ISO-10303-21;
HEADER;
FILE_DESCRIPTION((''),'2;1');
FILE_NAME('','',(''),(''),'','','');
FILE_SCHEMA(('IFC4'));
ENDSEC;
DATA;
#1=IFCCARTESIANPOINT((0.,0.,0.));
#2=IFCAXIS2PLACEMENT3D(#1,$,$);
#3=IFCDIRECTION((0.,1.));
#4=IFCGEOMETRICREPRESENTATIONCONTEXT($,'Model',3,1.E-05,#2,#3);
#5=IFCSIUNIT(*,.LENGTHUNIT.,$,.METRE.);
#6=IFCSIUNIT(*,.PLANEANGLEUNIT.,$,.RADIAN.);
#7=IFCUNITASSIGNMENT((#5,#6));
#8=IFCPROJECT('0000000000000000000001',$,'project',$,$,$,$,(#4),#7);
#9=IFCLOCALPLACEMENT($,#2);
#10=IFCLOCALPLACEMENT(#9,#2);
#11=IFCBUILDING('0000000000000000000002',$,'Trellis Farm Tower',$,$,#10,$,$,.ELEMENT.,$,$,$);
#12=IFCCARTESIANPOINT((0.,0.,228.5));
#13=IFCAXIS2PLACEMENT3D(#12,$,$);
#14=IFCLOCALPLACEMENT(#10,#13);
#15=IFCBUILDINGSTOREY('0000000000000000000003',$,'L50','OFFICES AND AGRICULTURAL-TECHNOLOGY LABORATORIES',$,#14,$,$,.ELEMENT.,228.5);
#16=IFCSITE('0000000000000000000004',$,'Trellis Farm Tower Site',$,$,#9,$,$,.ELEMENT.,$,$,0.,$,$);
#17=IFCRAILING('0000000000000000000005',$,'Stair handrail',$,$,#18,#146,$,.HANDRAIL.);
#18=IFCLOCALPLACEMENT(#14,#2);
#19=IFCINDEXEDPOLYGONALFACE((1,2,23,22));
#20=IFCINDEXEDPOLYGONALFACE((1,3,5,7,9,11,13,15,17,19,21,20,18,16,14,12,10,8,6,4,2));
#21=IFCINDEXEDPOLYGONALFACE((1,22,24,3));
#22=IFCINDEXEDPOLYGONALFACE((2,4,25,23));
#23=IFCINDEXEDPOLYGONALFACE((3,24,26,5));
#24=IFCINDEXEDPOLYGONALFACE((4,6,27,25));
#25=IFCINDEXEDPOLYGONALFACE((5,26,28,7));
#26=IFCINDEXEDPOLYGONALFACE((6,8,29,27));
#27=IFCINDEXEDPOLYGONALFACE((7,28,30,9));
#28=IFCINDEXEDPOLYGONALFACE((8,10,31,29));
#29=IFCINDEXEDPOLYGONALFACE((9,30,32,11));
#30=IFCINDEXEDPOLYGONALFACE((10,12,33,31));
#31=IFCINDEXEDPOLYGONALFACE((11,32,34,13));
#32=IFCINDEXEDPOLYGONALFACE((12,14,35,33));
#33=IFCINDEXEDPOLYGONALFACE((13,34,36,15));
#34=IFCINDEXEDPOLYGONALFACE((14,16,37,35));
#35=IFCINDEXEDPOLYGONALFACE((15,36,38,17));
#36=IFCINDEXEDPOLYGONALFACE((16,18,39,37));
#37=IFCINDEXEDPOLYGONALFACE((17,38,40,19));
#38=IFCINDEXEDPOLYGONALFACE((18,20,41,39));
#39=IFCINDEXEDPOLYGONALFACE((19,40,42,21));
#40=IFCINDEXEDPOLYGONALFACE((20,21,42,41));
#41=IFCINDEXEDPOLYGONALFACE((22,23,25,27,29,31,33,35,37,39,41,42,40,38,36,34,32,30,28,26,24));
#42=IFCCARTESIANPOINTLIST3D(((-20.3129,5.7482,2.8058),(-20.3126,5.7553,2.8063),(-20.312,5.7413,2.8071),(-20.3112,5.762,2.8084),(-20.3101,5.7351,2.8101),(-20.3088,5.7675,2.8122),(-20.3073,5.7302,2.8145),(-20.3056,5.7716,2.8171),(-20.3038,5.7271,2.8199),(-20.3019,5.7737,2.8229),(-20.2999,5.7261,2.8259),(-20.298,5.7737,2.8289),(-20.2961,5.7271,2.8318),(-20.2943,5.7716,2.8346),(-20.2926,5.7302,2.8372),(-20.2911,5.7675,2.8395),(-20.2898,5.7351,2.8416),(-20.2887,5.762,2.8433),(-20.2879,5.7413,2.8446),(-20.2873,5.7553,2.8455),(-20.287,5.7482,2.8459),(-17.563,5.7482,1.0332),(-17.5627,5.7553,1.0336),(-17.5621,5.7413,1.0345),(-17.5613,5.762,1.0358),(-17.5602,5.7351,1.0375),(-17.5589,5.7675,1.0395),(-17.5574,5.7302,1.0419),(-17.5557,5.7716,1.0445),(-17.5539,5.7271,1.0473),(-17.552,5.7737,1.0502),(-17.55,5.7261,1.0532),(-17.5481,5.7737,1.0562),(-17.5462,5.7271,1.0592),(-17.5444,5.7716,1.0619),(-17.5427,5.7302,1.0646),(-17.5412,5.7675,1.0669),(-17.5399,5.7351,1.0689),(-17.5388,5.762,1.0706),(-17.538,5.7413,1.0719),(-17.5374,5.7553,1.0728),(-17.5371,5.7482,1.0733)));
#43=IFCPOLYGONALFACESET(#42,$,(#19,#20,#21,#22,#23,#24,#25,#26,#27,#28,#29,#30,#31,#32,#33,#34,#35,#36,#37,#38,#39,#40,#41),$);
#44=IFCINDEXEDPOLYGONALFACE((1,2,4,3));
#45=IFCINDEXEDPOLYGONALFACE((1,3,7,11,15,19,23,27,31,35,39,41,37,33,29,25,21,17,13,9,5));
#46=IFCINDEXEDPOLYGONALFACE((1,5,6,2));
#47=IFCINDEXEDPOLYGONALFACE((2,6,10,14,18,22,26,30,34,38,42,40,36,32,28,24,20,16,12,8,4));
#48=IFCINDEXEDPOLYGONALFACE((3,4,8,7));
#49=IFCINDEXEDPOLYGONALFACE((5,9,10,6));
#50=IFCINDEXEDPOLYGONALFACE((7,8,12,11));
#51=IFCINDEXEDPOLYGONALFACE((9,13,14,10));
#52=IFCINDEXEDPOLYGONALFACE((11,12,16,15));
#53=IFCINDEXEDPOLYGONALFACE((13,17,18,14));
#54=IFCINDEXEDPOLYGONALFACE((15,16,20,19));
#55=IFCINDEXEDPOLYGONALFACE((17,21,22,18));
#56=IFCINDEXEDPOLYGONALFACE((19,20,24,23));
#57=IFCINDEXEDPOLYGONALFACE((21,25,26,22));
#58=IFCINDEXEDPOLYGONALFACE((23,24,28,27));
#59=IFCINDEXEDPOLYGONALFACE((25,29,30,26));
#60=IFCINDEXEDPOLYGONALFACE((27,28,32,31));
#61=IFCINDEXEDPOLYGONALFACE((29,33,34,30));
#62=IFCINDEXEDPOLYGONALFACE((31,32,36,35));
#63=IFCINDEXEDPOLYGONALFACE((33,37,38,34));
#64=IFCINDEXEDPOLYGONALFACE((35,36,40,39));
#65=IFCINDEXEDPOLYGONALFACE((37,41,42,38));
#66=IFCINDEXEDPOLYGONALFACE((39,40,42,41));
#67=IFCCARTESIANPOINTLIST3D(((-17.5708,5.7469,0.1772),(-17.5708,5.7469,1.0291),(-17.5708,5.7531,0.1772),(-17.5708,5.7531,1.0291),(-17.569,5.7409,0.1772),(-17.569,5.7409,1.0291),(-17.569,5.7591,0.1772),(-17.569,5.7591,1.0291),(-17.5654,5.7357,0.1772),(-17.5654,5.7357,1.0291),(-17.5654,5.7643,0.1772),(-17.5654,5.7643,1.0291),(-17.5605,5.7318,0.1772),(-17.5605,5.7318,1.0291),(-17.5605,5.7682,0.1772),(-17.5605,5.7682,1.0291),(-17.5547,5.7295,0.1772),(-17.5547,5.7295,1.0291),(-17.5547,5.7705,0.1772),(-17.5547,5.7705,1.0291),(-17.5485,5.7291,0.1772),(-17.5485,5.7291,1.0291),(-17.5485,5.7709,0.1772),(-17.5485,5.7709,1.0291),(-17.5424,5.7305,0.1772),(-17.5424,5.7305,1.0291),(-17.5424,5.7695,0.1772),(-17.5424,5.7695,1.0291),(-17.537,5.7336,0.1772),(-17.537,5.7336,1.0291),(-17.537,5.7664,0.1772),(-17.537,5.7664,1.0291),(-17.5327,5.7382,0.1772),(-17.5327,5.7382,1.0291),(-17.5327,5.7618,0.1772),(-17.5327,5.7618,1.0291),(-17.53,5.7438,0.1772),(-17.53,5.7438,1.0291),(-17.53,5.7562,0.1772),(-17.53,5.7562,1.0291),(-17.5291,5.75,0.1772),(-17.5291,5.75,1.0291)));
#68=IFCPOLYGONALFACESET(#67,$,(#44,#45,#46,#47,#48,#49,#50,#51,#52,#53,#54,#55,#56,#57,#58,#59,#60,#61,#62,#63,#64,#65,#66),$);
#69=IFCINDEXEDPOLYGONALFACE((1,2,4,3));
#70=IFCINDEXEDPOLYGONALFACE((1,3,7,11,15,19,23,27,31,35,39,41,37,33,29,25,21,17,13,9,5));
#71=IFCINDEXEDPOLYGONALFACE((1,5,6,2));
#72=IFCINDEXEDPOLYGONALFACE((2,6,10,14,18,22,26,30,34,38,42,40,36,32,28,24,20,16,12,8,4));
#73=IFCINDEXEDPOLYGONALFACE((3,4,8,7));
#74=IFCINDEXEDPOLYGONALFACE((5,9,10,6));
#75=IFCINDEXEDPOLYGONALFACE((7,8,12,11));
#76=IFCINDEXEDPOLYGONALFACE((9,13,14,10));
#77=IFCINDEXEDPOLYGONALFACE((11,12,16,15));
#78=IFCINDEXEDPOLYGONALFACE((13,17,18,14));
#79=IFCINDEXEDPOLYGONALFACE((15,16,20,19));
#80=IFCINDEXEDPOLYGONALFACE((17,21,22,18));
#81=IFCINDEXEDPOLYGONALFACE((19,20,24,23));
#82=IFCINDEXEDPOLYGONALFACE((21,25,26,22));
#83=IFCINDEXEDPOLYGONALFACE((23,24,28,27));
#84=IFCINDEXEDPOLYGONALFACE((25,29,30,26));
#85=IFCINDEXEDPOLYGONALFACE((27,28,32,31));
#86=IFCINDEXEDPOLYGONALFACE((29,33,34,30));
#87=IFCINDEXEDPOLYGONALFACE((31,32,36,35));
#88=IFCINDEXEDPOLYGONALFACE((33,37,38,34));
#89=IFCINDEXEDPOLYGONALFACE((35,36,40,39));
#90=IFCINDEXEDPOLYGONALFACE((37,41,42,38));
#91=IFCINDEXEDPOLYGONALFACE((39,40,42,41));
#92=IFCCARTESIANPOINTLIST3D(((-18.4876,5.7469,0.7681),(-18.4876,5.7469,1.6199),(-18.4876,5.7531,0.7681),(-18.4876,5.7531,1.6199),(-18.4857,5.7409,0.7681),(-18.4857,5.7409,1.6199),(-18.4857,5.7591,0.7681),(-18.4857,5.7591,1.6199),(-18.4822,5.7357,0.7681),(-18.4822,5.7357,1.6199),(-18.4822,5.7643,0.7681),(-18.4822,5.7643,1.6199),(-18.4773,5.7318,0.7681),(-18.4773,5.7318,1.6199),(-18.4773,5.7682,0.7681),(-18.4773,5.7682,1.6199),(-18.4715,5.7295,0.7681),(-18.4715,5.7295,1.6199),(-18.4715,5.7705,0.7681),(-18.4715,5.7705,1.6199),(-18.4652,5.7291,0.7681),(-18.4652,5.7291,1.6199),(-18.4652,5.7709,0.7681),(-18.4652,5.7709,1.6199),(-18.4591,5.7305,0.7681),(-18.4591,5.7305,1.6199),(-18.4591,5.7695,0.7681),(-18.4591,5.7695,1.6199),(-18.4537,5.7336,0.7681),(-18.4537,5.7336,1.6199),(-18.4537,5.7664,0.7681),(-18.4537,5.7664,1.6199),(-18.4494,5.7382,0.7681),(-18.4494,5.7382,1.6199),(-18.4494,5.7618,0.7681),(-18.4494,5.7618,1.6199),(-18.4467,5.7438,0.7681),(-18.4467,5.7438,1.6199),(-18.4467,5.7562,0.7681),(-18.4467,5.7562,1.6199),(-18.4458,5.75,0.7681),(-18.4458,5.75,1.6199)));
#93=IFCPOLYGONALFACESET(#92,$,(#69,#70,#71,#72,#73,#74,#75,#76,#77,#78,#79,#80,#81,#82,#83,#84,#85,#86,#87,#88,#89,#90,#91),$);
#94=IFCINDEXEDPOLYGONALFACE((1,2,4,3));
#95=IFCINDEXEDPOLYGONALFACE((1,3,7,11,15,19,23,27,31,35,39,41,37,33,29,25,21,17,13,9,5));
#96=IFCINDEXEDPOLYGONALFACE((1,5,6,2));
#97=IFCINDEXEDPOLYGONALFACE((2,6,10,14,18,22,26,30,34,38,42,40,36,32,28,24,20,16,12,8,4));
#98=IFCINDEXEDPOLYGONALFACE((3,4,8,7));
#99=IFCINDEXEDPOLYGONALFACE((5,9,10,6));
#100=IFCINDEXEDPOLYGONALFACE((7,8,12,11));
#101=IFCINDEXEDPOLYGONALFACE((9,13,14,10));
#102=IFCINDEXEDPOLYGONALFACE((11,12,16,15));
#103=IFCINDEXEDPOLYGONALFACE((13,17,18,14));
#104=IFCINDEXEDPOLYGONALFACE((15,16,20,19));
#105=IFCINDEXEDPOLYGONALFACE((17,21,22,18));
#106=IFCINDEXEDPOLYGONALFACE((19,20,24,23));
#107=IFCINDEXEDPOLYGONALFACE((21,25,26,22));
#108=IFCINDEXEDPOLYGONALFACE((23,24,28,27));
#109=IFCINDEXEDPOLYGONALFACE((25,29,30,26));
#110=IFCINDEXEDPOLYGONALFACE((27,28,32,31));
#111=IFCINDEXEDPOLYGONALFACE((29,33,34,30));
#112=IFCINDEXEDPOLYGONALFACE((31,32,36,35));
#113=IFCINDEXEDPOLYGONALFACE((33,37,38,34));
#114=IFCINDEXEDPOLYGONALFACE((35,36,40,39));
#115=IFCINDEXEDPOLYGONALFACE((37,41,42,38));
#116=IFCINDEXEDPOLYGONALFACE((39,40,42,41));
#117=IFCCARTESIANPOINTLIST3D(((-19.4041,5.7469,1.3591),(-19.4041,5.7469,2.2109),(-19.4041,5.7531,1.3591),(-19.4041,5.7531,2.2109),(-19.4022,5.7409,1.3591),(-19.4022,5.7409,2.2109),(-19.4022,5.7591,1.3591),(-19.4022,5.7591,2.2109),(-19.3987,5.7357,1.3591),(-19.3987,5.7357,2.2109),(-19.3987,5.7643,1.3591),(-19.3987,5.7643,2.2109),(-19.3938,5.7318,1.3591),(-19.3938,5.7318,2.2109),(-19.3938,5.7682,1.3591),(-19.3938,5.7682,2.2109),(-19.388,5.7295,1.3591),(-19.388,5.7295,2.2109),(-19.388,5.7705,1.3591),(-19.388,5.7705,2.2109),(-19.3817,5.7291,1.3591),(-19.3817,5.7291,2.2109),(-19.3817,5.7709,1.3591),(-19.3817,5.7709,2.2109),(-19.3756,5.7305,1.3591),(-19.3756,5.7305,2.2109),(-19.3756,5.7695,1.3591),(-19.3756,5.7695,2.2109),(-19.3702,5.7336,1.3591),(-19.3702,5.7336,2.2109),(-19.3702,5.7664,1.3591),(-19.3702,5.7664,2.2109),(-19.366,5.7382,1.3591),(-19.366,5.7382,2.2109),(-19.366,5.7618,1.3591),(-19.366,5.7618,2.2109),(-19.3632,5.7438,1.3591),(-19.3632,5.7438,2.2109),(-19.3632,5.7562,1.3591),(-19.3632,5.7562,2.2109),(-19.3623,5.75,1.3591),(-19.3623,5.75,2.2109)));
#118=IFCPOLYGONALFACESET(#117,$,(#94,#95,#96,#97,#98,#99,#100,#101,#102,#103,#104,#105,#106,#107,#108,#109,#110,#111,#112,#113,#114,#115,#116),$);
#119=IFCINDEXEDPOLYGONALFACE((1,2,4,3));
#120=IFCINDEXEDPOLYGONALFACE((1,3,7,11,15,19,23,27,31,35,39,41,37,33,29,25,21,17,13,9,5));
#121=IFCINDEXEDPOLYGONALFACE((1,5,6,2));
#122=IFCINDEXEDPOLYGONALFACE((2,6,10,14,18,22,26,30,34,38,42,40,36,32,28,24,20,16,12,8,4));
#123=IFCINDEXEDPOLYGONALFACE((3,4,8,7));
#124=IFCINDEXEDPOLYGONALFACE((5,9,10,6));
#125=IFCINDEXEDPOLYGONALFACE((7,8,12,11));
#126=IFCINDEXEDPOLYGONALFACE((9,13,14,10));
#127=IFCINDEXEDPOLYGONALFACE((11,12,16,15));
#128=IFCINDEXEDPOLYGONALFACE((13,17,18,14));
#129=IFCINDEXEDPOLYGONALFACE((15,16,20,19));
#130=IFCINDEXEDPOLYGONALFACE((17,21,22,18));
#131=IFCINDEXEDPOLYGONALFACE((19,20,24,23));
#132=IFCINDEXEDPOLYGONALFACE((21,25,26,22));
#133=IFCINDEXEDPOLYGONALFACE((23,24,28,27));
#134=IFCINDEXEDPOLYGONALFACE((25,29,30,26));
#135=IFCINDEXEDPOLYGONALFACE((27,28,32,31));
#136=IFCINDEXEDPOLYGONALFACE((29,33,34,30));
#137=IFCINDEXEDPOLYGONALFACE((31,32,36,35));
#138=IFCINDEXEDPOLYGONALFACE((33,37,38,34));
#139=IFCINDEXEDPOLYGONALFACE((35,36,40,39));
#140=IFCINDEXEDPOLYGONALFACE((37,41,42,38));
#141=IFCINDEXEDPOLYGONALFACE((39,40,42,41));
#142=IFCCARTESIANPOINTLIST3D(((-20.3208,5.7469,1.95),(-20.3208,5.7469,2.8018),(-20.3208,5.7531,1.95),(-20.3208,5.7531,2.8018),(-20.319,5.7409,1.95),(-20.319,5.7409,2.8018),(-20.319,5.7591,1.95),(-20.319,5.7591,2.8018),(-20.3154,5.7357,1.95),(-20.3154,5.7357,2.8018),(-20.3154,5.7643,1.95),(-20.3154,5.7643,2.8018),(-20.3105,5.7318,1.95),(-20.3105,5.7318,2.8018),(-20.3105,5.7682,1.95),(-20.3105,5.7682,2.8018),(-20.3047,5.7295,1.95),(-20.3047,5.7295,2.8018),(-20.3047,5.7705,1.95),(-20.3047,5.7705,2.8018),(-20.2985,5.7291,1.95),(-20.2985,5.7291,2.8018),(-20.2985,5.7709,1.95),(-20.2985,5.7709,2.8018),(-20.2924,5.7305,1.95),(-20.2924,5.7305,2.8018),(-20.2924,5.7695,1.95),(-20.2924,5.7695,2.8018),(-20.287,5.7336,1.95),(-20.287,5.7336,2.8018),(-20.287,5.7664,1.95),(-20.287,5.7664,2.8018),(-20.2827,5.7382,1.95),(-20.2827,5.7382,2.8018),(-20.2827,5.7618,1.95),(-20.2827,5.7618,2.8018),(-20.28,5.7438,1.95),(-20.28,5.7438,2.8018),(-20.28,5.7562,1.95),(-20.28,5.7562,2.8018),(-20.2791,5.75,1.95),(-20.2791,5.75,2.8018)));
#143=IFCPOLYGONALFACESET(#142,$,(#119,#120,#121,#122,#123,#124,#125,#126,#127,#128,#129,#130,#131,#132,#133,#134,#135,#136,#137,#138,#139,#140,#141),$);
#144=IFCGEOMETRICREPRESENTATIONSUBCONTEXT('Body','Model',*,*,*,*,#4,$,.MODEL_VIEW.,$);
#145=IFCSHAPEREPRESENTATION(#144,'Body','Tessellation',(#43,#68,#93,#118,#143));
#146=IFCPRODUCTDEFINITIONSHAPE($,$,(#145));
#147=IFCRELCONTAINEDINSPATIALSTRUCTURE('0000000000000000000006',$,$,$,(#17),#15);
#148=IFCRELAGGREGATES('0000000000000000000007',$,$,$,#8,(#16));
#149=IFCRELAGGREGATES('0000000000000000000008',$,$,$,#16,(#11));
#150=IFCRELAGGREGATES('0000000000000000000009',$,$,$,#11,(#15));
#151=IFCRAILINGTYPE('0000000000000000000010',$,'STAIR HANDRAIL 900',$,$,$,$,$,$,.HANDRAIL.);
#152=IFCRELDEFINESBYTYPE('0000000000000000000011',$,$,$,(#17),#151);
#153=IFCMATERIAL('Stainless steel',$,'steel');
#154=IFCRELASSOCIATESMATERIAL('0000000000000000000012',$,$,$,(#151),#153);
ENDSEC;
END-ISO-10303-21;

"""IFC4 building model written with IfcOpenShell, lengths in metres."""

from ifc_helpers import new_model, si_unit, direction, frame, origin, origin_2d, place, context, subcontext, project, spatial, circle, extrude, source, transform, mapped, material, type_object, element, save


model = new_model("IFC4")

# Units and contexts
model_context = context("Model", 3, precision=1e-05, world=origin(), true_north=direction((0.0, 1.0)))
body_context = subcontext(model_context, "Body", "Model", "MODEL_VIEW")
ifc_project = project(units=[si_unit("LENGTHUNIT", "METRE"), si_unit("PLANEANGLEUNIT", "RADIAN")], contexts=[model_context])

# Site, building, storey
site_placement = place(None, origin())
site = spatial("IfcSite", under=ifc_project, at=site_placement, Name="Trellis Farm Tower Site", CompositionType="ELEMENT", RefElevation=0.0)
building_placement = place(site_placement, origin())
building = spatial("IfcBuilding", under=site, at=building_placement, Name="Trellis Farm Tower", CompositionType="ELEMENT")
storey_placement = place(building_placement, frame((0.0, 0.0, 228.5)))
storey = spatial("IfcBuildingStorey", under=building, at=storey_placement, Name="L50", Description="OFFICES AND AGRICULTURAL-TECHNOLOGY LABORATORIES", CompositionType="ELEMENT", Elevation=228.5)

# Railing
ifc_material_1 = material(Name="Stainless steel", Category="steel")
railing_type = type_object("IfcRailingType", Name="STAIR HANDRAIL 900", PredefinedType="HANDRAIL", material=ifc_material_1)
shared_shape_1 = source(origin(), body_context, "Body", "SweptSolid", [
    extrude(circle(Radius=0.0239, at=origin_2d()), frame((0.0, 0.0, 0.876), z_axis=(-0.840504, 0.0, 0.541806), x_axis=(0.0, -1.0, 0.0)), (0.0, 0.0, 1.0), 3.2717),
    extrude(circle(Radius=0.021, at=origin_2d()), origin(), (0.0, 0.0, 1.0), 0.8518),
    extrude(circle(Radius=0.021, at=origin_2d()), frame((-0.9167, 0.0, 0.5908)), (0.0, 0.0, 1.0), 0.8518),
    extrude(circle(Radius=0.021, at=origin_2d()), frame((-1.8333, 0.0, 1.1819)), (0.0, 0.0, 1.0), 0.8518),
    extrude(circle(Radius=0.021, at=origin_2d()), frame((-2.75, 0.0, 1.7727)), (0.0, 0.0, 1.0), 0.8518),
])
for number, where, name in (
    (1, (-17.55, 5.75, 0.1772), "Stair handrail"),
):
    element("IfcRailing", number, at=place(storey_placement, frame(where)), inside=storey, type_object=railing_type, Name=name, PredefinedType="HANDRAIL", context=body_context, shape_type="MappedRepresentation", body=[
        mapped(shared_shape_1, transform((0.0, 0.0, 0.0))),
    ])

save(model, "model.ifc")
